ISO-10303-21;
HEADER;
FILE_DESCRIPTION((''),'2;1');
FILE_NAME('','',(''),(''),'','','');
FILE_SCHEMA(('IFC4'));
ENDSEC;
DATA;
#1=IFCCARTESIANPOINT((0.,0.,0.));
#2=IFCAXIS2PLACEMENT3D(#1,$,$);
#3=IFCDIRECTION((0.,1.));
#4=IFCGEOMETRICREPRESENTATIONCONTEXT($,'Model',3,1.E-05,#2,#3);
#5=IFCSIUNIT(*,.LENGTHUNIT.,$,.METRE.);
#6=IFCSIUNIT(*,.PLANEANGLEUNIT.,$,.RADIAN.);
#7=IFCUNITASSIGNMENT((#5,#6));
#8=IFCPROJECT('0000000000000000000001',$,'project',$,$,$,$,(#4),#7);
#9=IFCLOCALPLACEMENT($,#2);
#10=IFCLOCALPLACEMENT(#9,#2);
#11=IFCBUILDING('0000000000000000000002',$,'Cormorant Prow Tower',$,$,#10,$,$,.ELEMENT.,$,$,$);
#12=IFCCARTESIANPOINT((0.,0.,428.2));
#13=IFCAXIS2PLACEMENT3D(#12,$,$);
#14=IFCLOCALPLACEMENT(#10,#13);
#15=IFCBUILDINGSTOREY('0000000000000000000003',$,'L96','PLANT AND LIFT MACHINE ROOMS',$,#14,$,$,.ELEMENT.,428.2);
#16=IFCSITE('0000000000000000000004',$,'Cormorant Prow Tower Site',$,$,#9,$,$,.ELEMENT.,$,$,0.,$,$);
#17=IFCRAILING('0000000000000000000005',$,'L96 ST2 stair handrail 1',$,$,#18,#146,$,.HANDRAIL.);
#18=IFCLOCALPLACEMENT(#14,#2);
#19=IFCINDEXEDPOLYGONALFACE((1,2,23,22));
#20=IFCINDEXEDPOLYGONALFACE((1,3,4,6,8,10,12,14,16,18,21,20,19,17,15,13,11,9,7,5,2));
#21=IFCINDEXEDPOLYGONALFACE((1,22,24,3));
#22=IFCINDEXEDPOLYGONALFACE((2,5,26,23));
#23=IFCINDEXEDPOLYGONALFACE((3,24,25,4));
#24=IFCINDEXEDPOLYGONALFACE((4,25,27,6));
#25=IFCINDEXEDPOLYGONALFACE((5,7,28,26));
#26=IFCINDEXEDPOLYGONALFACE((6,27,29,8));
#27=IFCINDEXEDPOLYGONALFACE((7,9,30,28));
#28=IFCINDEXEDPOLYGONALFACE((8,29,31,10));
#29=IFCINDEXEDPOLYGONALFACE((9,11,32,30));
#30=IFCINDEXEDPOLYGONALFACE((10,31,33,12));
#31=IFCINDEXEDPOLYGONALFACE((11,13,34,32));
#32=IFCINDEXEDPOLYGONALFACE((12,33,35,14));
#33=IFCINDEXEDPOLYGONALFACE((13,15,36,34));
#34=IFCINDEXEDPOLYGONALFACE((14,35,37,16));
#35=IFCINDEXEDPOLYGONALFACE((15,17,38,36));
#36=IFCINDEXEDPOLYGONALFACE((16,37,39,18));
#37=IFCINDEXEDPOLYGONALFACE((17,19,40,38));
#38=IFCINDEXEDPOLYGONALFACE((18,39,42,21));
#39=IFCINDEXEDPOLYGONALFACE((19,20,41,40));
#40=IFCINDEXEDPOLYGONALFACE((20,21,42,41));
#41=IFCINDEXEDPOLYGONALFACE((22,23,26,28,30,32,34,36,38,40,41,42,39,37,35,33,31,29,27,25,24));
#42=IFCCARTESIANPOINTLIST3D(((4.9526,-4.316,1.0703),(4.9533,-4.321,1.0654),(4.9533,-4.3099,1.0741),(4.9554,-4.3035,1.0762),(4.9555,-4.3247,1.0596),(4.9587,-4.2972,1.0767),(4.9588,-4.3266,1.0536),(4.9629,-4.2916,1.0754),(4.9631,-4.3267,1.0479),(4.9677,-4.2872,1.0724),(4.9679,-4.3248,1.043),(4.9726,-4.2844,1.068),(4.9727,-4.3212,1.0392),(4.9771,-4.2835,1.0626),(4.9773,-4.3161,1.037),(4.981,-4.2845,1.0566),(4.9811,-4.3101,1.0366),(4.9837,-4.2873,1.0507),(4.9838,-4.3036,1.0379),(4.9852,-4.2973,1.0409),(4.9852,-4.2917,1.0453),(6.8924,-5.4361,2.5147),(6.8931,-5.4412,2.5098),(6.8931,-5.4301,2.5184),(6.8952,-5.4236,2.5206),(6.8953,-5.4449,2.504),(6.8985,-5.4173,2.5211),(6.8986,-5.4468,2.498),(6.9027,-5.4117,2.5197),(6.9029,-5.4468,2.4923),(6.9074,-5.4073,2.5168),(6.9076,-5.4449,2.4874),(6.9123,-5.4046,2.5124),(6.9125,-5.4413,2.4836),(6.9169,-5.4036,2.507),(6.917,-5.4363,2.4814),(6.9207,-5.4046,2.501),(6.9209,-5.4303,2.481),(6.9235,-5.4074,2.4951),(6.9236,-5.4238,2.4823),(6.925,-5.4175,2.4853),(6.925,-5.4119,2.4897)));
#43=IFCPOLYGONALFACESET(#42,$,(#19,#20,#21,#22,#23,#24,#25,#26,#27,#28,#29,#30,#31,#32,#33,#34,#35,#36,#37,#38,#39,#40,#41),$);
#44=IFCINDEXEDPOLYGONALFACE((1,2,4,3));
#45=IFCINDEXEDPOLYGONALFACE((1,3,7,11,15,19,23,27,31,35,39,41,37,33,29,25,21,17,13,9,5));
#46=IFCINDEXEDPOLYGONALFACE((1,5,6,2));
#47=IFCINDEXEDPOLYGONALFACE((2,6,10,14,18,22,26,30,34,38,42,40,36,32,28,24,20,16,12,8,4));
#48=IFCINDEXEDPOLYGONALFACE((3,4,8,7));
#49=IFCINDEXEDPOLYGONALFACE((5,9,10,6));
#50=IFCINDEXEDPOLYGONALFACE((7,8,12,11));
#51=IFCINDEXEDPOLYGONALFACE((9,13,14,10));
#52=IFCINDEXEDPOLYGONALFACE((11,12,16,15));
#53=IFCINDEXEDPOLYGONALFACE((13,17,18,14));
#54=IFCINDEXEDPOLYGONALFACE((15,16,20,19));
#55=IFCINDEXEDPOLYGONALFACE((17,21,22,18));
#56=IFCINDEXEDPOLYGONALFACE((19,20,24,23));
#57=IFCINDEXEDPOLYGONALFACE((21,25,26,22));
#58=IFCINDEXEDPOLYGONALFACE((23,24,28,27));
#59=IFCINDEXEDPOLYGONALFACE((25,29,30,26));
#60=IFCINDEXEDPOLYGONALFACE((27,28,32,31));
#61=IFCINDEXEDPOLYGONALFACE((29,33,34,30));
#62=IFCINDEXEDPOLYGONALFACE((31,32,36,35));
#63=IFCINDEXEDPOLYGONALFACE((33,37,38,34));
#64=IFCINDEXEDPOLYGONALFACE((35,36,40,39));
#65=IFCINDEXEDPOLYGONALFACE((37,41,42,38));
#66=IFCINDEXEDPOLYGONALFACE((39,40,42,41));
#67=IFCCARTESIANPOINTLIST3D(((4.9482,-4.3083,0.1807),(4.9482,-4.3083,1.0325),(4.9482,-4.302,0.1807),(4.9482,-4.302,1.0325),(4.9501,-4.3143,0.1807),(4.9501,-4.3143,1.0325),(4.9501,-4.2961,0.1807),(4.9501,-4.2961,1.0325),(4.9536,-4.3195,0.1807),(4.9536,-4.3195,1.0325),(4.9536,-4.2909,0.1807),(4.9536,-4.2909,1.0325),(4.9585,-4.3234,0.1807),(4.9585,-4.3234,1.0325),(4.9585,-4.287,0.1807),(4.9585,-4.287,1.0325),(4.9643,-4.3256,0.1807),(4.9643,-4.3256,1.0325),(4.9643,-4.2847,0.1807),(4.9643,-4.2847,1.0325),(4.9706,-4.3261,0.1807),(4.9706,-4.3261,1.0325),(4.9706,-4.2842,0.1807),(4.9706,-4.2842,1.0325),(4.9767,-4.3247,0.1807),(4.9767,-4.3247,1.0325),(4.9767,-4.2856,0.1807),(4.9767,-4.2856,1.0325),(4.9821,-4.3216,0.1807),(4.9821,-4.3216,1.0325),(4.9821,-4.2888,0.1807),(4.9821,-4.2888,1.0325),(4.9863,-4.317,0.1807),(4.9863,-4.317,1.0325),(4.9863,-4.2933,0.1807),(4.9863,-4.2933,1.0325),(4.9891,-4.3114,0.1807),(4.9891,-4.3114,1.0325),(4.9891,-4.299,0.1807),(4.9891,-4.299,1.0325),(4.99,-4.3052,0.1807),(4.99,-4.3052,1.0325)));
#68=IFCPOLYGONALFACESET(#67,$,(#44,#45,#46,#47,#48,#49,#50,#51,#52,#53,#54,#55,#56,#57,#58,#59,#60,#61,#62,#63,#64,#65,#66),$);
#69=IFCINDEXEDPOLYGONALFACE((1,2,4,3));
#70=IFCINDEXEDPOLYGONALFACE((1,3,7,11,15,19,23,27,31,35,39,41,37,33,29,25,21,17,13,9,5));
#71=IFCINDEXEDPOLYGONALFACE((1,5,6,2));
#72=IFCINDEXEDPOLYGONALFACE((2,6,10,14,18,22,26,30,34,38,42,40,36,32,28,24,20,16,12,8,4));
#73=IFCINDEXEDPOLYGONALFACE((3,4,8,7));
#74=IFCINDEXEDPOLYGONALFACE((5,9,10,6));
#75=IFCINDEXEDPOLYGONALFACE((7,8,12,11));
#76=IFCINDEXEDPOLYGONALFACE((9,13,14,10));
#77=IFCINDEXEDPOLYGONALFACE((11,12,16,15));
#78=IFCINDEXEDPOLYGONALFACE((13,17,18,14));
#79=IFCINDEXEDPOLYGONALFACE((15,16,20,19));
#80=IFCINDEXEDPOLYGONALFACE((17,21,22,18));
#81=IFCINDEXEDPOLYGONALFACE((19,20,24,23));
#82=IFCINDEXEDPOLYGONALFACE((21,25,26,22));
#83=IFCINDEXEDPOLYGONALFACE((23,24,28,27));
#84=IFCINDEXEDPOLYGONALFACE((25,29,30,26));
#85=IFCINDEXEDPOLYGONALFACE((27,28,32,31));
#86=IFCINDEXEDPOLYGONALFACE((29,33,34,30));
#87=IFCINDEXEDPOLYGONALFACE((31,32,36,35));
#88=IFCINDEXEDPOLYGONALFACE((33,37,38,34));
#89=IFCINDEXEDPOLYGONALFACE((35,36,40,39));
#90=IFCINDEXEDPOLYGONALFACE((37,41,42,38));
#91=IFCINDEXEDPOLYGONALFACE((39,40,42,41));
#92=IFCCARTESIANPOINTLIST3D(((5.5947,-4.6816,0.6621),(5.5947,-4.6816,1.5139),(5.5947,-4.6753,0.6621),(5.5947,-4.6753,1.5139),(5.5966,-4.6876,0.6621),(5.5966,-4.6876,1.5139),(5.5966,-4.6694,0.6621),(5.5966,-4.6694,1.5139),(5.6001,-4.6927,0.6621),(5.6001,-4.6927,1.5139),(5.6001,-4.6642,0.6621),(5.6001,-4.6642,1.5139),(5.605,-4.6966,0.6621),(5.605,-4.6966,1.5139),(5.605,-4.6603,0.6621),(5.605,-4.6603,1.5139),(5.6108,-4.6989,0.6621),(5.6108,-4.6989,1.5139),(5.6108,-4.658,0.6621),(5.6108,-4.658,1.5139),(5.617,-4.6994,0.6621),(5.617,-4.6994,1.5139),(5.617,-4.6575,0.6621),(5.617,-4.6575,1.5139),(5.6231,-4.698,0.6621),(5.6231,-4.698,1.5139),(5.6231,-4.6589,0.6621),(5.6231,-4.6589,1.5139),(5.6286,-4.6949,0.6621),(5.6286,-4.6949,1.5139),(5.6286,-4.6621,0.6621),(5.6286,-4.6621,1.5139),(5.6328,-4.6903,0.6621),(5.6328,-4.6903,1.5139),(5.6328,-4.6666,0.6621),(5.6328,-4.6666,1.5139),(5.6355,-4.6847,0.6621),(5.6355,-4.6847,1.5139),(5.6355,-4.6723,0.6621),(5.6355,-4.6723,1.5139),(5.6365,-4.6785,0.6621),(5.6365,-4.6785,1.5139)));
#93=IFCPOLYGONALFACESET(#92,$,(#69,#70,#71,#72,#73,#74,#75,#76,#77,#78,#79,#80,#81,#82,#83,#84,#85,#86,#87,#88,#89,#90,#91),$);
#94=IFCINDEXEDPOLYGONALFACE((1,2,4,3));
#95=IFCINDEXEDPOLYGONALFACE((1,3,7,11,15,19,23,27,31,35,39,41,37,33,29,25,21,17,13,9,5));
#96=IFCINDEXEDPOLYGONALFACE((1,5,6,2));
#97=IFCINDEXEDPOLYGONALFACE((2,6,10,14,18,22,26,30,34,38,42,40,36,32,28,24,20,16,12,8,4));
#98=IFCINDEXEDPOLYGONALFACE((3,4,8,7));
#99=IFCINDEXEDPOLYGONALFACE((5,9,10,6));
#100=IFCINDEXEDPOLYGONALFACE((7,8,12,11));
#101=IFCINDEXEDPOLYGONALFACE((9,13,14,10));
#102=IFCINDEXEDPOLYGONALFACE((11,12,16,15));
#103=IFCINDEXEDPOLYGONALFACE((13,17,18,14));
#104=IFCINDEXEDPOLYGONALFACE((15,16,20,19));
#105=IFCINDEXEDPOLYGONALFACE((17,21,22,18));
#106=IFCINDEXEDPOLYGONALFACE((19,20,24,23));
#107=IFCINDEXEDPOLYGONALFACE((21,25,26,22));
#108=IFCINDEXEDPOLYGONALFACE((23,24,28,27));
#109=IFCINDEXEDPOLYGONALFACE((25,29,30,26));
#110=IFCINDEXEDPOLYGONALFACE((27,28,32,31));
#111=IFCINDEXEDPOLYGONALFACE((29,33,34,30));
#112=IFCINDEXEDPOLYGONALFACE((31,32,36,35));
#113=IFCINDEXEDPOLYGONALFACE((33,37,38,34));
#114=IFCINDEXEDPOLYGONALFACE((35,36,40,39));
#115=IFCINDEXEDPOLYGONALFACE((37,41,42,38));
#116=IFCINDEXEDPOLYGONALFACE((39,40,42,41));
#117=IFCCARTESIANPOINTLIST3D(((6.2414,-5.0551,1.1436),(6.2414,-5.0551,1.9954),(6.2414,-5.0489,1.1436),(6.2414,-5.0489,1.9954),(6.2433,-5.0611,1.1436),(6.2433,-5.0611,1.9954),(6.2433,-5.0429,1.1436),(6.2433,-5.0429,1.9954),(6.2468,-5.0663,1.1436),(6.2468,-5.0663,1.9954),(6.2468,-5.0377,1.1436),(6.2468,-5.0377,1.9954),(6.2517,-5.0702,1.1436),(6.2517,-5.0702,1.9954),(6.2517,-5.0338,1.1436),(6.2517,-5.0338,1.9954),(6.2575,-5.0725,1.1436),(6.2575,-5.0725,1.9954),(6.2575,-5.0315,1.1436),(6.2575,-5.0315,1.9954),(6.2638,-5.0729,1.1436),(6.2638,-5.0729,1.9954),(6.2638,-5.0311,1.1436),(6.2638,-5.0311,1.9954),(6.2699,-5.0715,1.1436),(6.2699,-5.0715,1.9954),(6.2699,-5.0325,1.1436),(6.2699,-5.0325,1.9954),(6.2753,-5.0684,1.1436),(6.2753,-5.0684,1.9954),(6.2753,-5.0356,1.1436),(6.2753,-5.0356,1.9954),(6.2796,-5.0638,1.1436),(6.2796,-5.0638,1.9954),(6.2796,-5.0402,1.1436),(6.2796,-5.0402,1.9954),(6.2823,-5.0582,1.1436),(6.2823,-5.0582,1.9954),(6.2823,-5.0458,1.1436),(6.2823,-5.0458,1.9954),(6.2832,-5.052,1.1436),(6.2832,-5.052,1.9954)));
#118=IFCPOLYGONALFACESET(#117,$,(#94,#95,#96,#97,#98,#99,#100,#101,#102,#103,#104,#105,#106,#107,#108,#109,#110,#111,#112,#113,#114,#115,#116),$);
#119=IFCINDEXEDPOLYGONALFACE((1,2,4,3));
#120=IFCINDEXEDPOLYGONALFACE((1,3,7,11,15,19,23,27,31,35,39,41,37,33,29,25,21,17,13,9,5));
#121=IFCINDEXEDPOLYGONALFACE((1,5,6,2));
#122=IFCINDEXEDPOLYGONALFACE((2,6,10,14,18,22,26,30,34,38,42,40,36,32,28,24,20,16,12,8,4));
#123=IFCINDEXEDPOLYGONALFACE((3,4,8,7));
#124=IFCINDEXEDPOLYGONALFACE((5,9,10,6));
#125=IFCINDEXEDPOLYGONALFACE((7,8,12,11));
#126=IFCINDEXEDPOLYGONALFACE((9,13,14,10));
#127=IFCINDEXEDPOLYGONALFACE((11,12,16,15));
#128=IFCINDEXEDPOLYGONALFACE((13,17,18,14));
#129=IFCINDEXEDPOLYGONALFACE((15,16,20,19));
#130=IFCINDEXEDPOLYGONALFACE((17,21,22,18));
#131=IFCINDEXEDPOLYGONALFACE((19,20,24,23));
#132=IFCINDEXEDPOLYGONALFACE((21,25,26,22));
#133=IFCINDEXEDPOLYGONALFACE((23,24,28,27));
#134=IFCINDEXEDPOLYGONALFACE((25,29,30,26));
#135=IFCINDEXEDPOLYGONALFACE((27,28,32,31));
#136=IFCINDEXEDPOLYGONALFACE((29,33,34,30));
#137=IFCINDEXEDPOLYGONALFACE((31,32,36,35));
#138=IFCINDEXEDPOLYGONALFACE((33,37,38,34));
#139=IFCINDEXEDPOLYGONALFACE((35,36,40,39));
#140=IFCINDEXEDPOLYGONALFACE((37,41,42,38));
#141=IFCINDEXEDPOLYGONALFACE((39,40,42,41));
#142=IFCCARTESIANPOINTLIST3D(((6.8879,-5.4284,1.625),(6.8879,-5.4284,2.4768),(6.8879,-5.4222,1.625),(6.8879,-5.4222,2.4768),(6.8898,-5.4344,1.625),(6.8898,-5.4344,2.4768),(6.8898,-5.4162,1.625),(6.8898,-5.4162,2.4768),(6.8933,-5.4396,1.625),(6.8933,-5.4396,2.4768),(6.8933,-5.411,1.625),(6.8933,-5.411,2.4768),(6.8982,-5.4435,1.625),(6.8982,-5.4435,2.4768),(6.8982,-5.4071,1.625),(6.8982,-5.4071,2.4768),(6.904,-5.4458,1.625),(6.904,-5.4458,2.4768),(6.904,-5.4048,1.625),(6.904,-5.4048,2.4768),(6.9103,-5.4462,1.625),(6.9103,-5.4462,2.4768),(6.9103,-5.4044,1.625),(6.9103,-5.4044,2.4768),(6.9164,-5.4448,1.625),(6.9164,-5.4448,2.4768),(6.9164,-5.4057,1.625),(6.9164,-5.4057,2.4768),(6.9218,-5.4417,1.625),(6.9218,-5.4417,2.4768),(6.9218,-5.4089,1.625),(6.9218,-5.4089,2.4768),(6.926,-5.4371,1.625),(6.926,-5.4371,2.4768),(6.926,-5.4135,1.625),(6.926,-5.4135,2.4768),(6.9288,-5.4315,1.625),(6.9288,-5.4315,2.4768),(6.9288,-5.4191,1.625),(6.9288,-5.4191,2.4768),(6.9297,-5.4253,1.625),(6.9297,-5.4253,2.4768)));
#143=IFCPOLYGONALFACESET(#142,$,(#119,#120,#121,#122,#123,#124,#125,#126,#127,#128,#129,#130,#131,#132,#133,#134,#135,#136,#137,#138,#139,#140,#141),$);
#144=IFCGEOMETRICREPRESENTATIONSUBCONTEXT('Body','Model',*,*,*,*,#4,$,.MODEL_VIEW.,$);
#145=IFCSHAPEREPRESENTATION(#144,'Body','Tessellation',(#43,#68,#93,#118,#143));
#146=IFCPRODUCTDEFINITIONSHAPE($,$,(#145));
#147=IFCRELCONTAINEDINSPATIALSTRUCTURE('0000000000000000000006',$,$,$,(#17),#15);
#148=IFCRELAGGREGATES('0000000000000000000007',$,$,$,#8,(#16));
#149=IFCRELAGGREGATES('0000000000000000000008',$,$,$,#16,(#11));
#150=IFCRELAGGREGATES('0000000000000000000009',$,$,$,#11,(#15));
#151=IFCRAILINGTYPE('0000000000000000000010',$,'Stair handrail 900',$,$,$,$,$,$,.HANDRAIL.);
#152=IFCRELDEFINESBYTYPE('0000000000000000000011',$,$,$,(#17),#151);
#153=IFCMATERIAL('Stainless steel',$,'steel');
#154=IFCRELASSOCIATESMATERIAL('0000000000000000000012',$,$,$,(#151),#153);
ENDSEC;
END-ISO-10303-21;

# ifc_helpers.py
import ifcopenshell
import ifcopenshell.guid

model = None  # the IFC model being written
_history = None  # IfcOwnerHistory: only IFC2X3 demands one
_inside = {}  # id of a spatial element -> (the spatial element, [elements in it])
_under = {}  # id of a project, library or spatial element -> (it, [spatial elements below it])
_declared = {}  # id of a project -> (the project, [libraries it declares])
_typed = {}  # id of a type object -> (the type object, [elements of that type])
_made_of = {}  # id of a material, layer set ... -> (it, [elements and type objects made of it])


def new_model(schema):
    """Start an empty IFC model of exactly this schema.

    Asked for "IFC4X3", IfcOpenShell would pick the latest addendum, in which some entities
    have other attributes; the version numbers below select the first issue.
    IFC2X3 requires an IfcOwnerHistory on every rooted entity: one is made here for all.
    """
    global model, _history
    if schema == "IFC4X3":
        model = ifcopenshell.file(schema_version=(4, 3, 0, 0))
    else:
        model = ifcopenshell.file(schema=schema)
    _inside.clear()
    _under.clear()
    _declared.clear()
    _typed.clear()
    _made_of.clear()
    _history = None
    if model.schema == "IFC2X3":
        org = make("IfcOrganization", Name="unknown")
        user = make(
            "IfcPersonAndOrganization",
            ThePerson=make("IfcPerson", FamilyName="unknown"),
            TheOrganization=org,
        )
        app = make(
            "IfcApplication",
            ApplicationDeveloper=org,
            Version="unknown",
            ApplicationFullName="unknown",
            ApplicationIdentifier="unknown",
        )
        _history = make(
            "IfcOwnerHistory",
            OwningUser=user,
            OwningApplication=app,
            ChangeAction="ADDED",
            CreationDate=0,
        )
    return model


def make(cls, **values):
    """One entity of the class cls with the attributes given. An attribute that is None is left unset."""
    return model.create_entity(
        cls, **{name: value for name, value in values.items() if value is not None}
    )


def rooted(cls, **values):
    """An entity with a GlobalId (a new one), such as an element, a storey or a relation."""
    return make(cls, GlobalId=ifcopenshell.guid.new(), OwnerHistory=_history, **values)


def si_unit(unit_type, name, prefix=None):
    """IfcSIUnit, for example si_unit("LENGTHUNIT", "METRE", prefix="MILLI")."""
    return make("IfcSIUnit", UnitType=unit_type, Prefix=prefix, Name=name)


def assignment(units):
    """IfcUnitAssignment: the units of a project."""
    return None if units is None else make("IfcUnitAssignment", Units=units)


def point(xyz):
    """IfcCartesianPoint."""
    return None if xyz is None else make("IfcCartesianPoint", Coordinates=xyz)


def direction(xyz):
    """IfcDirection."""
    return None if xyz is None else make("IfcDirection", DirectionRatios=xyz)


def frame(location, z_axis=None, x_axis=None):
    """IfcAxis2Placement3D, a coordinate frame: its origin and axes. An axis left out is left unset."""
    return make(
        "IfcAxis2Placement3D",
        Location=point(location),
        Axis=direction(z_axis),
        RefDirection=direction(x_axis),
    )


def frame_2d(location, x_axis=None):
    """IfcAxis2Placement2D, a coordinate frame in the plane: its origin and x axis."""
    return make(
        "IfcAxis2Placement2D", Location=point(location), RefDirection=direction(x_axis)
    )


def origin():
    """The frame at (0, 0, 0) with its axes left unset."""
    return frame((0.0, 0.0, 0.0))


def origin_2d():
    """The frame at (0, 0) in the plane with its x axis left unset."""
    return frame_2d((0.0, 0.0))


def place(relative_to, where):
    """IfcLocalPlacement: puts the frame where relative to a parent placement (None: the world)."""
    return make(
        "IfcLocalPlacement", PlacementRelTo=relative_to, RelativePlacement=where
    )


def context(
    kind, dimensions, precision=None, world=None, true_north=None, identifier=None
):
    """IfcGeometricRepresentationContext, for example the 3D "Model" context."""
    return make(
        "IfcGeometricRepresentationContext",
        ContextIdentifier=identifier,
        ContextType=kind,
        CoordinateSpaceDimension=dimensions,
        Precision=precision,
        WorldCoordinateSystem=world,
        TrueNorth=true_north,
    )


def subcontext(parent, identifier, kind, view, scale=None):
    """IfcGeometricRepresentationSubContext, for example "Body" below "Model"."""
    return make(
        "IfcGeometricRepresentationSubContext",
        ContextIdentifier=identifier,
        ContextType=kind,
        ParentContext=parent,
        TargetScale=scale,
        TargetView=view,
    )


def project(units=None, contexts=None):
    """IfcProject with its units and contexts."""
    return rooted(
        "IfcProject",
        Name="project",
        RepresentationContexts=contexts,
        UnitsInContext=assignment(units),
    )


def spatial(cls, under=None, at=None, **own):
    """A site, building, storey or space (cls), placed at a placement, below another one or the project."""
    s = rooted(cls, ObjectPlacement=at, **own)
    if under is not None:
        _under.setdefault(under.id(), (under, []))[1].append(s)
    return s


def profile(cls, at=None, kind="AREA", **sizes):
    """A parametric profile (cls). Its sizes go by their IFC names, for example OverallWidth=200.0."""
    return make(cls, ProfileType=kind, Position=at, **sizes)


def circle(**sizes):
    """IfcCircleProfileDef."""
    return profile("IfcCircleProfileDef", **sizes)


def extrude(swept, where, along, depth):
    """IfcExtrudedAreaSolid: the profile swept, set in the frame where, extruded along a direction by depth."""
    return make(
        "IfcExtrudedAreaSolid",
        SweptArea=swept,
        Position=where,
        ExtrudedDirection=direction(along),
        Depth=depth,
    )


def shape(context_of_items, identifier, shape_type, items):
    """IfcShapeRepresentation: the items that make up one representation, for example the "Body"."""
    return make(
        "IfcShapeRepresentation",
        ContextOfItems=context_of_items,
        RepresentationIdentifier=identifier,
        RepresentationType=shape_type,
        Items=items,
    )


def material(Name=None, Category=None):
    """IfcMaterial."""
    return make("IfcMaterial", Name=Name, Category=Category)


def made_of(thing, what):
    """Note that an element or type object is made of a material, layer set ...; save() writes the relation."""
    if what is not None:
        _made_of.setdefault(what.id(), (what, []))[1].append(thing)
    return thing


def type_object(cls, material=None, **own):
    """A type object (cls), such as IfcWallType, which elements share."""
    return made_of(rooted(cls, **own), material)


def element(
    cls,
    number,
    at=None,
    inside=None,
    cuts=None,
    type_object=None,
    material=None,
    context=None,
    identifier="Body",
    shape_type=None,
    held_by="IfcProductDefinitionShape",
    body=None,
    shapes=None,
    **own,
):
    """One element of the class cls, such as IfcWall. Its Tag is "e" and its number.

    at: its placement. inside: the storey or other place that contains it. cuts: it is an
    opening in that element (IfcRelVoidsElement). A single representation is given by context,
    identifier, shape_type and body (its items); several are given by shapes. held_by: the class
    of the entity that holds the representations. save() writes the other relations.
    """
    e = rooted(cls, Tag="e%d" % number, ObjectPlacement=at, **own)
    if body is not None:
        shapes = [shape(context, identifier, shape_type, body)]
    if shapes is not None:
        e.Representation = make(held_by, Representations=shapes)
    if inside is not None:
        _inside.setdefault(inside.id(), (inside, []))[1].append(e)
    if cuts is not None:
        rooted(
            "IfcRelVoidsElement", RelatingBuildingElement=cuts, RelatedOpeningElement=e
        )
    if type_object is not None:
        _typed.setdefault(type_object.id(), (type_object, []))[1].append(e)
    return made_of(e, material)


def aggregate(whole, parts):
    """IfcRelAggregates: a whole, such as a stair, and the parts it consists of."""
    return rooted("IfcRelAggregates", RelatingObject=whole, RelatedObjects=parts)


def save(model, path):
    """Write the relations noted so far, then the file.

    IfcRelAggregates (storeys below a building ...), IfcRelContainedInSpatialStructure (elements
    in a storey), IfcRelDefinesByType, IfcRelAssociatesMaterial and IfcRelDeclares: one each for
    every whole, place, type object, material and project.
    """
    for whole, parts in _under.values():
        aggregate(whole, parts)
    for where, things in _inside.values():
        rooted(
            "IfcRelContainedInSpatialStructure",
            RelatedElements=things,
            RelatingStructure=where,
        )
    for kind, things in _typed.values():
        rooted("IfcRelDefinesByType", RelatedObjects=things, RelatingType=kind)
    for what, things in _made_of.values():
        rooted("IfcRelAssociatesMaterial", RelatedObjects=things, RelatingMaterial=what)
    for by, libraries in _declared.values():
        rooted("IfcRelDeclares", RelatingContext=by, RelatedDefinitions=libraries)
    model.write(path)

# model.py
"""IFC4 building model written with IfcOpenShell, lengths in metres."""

from ifc_helpers import new_model, si_unit, direction, frame, origin, origin_2d, place, context, subcontext, project, spatial, circle, extrude, material, type_object, element, save


model = new_model("IFC4")

# Units and contexts
model_context = context("Model", 3, precision=1e-05, world=origin(), true_north=direction((0.0, 1.0)))
body_context = subcontext(model_context, "Body", "Model", "MODEL_VIEW")
ifc_project = project(units=[si_unit("LENGTHUNIT", "METRE"), si_unit("PLANEANGLEUNIT", "RADIAN")], contexts=[model_context])

# Site, building, storey
site_placement = place(None, origin())
site = spatial("IfcSite", under=ifc_project, at=site_placement, Name="Cormorant Prow Tower Site", CompositionType="ELEMENT", RefElevation=0.0)
building_placement = place(site_placement, origin())
building = spatial("IfcBuilding", under=site, at=building_placement, Name="Cormorant Prow Tower", CompositionType="ELEMENT")
storey_placement = place(building_placement, frame((0.0, 0.0, 428.2)))
storey = spatial("IfcBuildingStorey", under=building, at=storey_placement, Name="L96", Description="PLANT AND LIFT MACHINE ROOMS", CompositionType="ELEMENT", Elevation=428.2)

# Railing
ifc_material_1 = material(Name="Stainless steel", Category="steel")
railing_type_1 = type_object("IfcRailingType", Name="Stair handrail 900", PredefinedType="HANDRAIL", material=ifc_material_1)
railing_1_placement = place(storey_placement, frame((4.969, -4.3052, 0.1807)))
element("IfcRailing", 1, at=railing_1_placement, inside=storey, type_object=railing_type_1, Name="L96 ST2 stair handrail 1", PredefinedType="HANDRAIL", context=body_context, shape_type="SweptSolid", body=[
    extrude(circle(Radius=0.0239, at=origin_2d()), frame((0.0, 0.0, 0.876), z_axis=(0.727792, -0.420278, 0.541928), x_axis=(0.500078, 0.86598, 0.0)), (0.0, 0.0, 1.0), 2.6653),
    extrude(circle(Radius=0.021, at=origin_2d()), origin(), (0.0, 0.0, 1.0), 0.8518),
    extrude(circle(Radius=0.021, at=origin_2d()), frame((0.6465, -0.3733, 0.4814)), (0.0, 0.0, 1.0), 0.8518),
    extrude(circle(Radius=0.021, at=origin_2d()), frame((1.2932, -0.7468, 0.9629)), (0.0, 0.0, 1.0), 0.8518),
    extrude(circle(Radius=0.021, at=origin_2d()), frame((1.9397, -1.1201, 1.4443)), (0.0, 0.0, 1.0), 0.8518),
])

save(model, "model.ifc")
